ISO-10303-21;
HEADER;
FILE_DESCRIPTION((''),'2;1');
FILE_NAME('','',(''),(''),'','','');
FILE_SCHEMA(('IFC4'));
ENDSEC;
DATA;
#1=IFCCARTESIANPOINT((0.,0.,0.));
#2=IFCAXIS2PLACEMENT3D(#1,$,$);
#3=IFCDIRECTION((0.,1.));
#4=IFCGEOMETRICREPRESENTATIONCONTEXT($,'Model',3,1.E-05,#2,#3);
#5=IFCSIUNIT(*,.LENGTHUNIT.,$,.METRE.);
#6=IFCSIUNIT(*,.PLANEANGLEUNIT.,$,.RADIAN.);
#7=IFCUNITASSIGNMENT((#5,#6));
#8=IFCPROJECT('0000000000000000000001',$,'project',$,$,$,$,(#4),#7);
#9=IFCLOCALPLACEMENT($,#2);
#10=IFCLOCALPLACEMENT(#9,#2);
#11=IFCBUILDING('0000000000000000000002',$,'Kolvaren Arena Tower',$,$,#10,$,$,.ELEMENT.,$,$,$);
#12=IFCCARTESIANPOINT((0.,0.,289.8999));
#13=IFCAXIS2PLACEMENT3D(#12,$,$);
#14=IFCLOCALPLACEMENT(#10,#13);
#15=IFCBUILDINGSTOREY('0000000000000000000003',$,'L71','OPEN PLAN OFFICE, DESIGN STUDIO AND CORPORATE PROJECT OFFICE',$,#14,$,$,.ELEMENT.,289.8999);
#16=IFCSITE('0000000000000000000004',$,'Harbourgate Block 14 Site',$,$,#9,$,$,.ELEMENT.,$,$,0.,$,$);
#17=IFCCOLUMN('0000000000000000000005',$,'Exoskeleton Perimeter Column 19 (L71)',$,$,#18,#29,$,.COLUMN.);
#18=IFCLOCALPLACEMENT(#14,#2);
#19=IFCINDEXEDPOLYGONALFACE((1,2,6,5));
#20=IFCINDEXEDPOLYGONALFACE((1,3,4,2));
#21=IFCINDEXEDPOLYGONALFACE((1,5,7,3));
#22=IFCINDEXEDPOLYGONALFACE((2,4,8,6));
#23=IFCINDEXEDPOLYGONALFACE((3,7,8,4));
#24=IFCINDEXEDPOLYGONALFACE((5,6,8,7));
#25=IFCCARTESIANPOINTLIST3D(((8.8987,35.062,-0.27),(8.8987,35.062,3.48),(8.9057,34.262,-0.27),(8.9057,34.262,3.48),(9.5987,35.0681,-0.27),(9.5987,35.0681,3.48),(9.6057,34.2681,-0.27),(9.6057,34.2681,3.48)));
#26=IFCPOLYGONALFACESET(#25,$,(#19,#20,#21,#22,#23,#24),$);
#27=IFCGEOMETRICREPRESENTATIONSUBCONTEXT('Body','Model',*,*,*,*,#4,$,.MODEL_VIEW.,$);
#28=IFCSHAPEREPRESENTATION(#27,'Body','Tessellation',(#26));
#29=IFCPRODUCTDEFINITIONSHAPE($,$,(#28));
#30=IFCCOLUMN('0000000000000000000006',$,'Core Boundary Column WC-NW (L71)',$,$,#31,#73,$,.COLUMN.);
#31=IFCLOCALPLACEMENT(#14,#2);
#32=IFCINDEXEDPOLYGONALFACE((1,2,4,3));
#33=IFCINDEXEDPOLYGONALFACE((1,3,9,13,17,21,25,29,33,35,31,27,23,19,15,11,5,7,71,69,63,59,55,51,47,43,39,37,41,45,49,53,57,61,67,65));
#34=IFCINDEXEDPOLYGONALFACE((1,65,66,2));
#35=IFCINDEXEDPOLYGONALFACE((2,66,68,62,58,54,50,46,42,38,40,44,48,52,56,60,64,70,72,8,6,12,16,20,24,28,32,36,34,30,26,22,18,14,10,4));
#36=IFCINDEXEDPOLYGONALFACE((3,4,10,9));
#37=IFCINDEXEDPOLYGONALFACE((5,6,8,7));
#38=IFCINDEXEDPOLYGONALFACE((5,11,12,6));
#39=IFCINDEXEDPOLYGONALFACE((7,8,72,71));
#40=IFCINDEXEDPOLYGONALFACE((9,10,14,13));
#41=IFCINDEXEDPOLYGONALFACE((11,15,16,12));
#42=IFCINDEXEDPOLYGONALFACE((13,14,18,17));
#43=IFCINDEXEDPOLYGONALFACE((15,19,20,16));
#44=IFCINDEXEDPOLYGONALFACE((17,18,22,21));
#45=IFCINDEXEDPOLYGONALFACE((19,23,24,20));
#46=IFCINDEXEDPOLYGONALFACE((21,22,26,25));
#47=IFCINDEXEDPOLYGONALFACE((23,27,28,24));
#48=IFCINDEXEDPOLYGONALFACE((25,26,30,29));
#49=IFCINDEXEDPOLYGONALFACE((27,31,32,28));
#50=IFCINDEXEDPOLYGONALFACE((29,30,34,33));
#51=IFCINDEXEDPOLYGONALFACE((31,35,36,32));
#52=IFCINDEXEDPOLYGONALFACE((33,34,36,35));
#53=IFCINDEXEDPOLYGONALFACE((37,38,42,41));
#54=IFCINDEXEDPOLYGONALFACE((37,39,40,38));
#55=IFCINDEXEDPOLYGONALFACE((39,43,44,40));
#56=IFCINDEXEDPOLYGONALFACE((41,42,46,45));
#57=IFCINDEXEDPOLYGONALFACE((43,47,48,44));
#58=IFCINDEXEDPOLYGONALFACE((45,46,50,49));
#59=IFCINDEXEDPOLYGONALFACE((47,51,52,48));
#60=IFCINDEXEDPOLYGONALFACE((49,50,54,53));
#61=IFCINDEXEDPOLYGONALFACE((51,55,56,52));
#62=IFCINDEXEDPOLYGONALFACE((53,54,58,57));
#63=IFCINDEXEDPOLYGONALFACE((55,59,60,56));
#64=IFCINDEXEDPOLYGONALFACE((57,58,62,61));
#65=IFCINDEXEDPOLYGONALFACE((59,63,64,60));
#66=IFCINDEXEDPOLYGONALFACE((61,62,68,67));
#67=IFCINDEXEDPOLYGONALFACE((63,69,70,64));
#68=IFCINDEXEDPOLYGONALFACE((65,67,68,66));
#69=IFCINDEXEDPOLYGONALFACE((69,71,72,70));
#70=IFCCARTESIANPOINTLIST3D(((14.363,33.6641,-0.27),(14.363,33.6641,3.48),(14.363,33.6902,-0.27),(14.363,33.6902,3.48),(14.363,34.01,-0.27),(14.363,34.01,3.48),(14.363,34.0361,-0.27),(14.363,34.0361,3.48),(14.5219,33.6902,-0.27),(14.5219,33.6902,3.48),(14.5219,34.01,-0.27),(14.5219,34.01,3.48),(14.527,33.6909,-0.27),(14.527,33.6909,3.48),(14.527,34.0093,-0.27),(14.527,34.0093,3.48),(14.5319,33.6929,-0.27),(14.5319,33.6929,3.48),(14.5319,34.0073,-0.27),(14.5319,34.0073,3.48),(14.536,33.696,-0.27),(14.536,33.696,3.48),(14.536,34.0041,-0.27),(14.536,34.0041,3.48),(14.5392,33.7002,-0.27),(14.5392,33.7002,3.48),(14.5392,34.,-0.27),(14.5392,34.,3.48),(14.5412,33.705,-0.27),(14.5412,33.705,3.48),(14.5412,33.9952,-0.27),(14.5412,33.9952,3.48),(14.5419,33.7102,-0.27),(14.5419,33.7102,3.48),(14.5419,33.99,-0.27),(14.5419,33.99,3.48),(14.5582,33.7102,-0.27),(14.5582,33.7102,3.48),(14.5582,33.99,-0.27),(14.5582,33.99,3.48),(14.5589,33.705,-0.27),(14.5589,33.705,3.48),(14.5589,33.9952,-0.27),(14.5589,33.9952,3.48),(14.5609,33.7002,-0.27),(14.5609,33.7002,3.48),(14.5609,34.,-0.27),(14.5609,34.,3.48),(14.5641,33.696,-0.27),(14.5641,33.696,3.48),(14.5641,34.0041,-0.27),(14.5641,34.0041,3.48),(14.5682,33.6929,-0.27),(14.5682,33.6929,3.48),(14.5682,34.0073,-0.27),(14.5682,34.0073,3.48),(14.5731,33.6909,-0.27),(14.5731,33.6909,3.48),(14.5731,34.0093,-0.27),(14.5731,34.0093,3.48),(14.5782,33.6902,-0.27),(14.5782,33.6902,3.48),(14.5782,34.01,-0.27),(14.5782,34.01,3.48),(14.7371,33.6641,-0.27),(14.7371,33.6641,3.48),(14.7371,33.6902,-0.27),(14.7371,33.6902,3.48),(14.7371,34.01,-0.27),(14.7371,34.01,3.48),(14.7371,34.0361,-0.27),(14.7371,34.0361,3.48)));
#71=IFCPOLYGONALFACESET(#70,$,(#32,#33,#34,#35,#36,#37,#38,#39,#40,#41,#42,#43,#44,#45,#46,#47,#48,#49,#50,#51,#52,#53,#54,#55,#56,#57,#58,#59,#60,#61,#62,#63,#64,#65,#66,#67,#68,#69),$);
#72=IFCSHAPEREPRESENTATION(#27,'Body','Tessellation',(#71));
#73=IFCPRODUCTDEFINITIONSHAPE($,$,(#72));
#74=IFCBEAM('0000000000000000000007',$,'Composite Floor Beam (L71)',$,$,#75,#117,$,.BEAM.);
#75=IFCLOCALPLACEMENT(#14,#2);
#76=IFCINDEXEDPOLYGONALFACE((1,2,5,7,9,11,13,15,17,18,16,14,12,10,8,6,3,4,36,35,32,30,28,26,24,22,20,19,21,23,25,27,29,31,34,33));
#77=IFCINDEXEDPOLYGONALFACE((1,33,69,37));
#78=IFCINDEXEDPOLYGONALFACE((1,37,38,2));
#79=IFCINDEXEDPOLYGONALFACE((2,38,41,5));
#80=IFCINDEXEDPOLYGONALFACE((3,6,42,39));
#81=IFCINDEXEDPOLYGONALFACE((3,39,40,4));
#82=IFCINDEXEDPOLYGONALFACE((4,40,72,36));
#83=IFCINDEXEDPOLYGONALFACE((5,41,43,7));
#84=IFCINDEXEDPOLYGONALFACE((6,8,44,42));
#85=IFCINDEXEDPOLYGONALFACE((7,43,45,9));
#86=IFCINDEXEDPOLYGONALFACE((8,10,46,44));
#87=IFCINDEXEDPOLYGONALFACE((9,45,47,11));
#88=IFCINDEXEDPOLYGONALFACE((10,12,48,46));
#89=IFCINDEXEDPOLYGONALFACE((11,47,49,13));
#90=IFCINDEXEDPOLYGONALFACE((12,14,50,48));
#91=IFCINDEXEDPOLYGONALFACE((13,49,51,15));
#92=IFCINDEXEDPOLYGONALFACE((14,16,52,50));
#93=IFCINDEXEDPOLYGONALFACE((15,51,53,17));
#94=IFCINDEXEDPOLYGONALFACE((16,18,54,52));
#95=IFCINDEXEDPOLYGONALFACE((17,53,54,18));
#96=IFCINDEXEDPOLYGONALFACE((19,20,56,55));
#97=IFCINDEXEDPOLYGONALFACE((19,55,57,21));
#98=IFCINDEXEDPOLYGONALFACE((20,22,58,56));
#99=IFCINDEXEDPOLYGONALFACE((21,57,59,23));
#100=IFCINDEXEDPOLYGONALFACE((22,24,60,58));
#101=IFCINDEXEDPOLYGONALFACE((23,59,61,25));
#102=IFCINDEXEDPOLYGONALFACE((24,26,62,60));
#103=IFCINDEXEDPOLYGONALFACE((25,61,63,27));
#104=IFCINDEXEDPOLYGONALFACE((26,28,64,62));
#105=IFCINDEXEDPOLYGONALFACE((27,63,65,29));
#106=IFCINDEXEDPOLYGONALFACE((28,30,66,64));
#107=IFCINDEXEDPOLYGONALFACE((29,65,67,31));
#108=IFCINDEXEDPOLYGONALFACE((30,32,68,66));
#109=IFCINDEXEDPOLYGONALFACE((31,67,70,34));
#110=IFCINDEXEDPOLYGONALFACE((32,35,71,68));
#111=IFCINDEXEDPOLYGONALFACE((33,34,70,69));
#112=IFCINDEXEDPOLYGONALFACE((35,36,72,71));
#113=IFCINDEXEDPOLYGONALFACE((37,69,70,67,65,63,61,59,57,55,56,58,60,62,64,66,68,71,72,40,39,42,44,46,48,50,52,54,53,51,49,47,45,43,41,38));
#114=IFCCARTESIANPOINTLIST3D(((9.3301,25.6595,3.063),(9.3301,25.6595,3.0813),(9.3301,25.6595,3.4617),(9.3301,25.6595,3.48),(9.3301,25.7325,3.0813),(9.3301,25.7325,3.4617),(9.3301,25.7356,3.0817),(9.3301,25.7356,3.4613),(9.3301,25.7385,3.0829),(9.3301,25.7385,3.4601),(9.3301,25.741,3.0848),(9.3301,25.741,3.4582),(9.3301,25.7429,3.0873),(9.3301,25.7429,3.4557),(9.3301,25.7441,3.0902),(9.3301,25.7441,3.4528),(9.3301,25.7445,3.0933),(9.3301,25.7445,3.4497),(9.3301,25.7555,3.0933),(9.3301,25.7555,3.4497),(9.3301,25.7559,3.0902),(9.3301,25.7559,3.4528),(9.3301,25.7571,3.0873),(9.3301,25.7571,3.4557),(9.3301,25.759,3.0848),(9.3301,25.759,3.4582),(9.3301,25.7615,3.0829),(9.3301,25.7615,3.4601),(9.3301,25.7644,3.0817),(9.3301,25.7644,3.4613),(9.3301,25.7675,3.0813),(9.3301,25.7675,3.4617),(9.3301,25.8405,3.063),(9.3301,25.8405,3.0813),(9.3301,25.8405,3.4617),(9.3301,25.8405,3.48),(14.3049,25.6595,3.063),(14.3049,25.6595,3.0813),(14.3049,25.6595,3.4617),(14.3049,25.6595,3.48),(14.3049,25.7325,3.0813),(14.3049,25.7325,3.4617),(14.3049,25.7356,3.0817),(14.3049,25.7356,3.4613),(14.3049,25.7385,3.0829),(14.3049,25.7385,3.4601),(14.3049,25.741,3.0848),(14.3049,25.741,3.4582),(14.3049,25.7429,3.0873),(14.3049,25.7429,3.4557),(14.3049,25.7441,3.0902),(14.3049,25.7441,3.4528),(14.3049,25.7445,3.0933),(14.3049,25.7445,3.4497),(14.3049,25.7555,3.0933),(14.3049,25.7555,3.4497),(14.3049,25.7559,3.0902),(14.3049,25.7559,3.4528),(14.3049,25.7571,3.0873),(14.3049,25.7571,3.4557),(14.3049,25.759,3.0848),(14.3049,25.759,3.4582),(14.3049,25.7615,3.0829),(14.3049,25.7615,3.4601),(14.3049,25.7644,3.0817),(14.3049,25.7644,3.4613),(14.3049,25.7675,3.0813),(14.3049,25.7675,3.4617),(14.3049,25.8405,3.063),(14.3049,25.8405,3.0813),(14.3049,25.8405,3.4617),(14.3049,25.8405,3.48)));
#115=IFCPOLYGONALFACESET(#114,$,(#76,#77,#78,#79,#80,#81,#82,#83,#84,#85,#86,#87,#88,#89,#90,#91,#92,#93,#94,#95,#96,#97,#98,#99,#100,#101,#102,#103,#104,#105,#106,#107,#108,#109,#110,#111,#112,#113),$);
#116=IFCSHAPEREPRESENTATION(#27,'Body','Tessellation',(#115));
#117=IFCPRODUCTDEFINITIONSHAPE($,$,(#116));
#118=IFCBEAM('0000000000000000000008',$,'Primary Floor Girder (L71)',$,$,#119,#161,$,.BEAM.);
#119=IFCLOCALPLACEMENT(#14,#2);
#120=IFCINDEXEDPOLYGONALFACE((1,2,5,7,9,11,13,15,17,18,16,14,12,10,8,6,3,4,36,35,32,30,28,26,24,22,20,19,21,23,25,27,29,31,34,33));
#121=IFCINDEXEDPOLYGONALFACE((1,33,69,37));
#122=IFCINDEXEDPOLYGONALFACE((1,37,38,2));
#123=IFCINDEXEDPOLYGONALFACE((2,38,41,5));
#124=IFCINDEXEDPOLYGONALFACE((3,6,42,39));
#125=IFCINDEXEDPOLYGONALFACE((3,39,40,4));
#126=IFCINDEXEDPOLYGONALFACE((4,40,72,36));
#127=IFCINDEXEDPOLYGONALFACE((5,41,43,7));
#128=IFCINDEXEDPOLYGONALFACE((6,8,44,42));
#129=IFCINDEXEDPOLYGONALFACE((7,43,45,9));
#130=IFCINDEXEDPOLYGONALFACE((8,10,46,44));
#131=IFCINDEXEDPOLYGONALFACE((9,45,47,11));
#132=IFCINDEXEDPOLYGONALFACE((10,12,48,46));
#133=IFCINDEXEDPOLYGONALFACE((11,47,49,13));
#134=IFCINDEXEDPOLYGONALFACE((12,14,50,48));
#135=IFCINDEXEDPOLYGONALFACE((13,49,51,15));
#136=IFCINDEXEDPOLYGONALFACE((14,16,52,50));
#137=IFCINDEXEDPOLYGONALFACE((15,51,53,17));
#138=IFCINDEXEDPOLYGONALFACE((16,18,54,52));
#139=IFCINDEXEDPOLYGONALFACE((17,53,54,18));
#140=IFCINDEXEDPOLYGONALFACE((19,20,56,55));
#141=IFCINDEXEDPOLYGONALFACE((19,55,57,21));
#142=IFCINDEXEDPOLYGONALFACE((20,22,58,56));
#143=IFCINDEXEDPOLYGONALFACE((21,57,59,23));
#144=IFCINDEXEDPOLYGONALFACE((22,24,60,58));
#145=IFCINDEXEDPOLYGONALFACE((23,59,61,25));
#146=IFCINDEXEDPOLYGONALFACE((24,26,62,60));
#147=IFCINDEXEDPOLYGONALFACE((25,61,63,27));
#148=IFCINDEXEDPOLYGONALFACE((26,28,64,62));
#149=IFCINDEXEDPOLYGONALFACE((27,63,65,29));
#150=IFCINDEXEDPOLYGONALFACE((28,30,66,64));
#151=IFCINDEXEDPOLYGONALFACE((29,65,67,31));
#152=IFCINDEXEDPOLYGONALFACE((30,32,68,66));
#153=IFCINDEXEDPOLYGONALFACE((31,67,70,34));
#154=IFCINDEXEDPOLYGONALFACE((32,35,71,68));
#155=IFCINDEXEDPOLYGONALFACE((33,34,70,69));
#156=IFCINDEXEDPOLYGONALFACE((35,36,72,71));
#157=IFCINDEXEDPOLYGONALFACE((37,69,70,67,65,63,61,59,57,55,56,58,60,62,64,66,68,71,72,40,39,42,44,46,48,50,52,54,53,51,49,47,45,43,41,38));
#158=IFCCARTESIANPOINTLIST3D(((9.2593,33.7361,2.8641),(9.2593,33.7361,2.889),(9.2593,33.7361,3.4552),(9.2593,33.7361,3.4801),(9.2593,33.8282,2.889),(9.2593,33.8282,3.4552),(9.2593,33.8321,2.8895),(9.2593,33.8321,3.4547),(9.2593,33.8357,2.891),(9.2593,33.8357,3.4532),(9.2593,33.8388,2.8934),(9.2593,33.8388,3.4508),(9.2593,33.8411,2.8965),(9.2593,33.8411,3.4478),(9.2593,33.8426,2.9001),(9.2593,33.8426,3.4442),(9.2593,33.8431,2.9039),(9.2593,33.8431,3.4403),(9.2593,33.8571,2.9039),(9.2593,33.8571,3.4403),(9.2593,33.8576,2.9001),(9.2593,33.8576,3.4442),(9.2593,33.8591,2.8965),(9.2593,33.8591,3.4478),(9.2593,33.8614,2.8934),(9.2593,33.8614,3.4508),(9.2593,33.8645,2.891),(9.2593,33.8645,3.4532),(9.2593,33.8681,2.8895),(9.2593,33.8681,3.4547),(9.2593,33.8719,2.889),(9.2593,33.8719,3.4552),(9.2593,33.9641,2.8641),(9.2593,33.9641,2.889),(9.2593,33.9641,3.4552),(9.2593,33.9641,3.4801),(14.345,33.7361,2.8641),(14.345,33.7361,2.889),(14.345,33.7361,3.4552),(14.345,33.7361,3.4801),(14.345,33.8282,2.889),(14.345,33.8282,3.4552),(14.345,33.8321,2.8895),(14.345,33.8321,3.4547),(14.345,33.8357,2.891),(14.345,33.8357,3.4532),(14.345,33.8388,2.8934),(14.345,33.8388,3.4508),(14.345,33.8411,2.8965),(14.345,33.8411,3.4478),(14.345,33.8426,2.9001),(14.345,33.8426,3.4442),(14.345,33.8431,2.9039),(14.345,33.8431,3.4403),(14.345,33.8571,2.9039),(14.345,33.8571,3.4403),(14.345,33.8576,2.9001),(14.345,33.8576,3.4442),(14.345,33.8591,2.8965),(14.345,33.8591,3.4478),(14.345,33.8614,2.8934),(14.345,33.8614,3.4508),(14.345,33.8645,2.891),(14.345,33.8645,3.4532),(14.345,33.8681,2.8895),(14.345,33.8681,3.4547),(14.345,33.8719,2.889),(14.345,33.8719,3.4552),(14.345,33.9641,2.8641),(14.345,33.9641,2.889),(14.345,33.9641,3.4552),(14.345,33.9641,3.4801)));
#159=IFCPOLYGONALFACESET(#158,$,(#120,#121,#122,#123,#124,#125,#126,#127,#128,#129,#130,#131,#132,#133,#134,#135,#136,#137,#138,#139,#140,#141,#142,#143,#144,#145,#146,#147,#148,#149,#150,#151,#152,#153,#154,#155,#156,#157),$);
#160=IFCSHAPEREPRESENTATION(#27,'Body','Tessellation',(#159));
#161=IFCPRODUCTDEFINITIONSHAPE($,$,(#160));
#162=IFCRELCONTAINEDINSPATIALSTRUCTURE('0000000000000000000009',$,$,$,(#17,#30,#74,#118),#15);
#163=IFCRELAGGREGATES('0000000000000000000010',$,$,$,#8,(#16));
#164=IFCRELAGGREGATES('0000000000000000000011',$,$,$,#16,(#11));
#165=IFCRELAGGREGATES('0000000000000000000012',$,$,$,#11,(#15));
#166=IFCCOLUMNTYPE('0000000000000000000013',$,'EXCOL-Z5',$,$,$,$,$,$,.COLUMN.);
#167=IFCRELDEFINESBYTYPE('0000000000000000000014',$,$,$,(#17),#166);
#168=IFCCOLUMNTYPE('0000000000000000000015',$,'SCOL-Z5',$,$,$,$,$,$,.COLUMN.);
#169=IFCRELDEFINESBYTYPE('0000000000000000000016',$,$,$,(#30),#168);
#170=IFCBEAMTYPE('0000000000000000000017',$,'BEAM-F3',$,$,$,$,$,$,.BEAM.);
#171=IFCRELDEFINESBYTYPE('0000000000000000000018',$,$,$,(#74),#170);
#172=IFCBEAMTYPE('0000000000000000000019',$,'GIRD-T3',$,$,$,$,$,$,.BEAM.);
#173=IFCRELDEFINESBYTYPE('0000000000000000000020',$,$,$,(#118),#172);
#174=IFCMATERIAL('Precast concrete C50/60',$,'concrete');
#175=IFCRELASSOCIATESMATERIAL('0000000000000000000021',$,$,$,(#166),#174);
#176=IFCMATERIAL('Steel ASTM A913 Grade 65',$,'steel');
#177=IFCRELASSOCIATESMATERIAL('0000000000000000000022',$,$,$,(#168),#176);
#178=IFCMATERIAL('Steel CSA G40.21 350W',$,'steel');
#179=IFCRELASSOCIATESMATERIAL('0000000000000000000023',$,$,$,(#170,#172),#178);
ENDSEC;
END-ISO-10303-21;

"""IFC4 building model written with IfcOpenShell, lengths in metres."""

from ifc_helpers import new_model, si_unit, direction, frame, origin, origin_2d, place, context, subcontext, project, spatial, rectangle, i_section, extrude, material, material_profile, profile_set, type_object, element, save


model = new_model("IFC4")

# Units and contexts
model_context = context("Model", 3, precision=1e-05, world=origin(), true_north=direction((0.0, 1.0)))
body_context = subcontext(model_context, "Body", "Model", "MODEL_VIEW")
ifc_project = project(units=[si_unit("LENGTHUNIT", "METRE"), si_unit("PLANEANGLEUNIT", "RADIAN")], contexts=[model_context])

# Site, building, storey
site_placement = place(None, origin())
site = spatial("IfcSite", under=ifc_project, at=site_placement, Name="Harbourgate Block 14 Site", CompositionType="ELEMENT", RefElevation=0.0)
building_placement = place(site_placement, origin())
building = spatial("IfcBuilding", under=site, at=building_placement, Name="Kolvaren Arena Tower", CompositionType="ELEMENT")
storey_placement = place(building_placement, frame((0.0, 0.0, 289.8999)))
storey = spatial("IfcBuildingStorey", under=building, at=storey_placement, Name="L71", Description="OPEN PLAN OFFICE, DESIGN STUDIO AND CORPORATE PROJECT OFFICE", CompositionType="ELEMENT", Elevation=289.8999)

# Columns
ifc_material_1 = material(Name="Precast concrete C50/60", Category="concrete")
ifc_material_profile_1 = material_profile(ifc_material_1, rectangle(XDim=0.8, YDim=0.7, at=origin_2d()), Name="RC-800x700")
ifc_profile_set_1 = profile_set([ifc_material_profile_1], Name="Precast concrete C50/60")
column_type_1 = type_object("IfcColumnType", Name="EXCOL-Z5", PredefinedType="COLUMN", material=ifc_profile_set_1)
column_1_placement = place(storey_placement, frame((9.2522, 34.665, -0.27), z_axis=(0.0, 0.0, 1.0), x_axis=(-0.008727, 0.999962, 0.0)))
element("IfcColumn", 1, at=column_1_placement, inside=storey, type_object=column_type_1, Name="Exoskeleton Perimeter Column 19 (L71)", PredefinedType="COLUMN", context=body_context, shape_type="SweptSolid", body=[
    extrude(rectangle(XDim=0.8, YDim=0.7, at=origin_2d()), origin(), (0.0, 0.0, 1.0), 3.75),
])
ifc_material_2 = material(Name="Steel ASTM A913 Grade 65", Category="steel")
ifc_material_profile_2 = material_profile(ifc_material_2, i_section(OverallWidth=0.374, OverallDepth=0.3721, WebThickness=0.0164, FlangeThickness=0.0261, FilletRadius=0.02, at=origin_2d()), Name="W360x196")
ifc_profile_set_2 = profile_set([ifc_material_profile_2], Name="Steel ASTM A913 Grade 65")
column_type_2 = type_object("IfcColumnType", Name="SCOL-Z5", PredefinedType="COLUMN", material=ifc_profile_set_2)
column_2_placement = place(storey_placement, frame((14.55, 33.8501, -0.27), z_axis=(0.0, 0.0, 1.0), x_axis=(1.0, 0.0, 0.0)))
element("IfcColumn", 2, at=column_2_placement, inside=storey, type_object=column_type_2, Name="Core Boundary Column WC-NW (L71)", PredefinedType="COLUMN", context=body_context, shape_type="SweptSolid", body=[
    extrude(i_section(OverallWidth=0.374, OverallDepth=0.3721, WebThickness=0.0164, FlangeThickness=0.0261, FilletRadius=0.02, at=origin_2d()), origin(), (0.0, 0.0, 1.0), 3.75),
])

# Beams
ifc_material_3 = material(Name="Steel CSA G40.21 350W", Category="steel")
ifc_material_profile_3 = material_profile(ifc_material_3, i_section(OverallWidth=0.1809, OverallDepth=0.417, WebThickness=0.011, FlangeThickness=0.0183, FilletRadius=0.012, at=origin_2d()), Name="W410x85")
ifc_profile_set_3 = profile_set([ifc_material_profile_3], Name="Steel CSA G40.21 350W")
beam_type_1 = type_object("IfcBeamType", Name="BEAM-F3", PredefinedType="BEAM", material=ifc_profile_set_3)
beam_1_placement = place(storey_placement, frame((9.3301, 25.75, 3.2715), z_axis=(1.0, 0.0, 0.0), x_axis=(0.0, 1.0, 0.0)))
element("IfcBeam", 3, at=beam_1_placement, inside=storey, type_object=beam_type_1, Name="Composite Floor Beam (L71)", PredefinedType="BEAM", context=body_context, shape_type="SweptSolid", body=[
    extrude(i_section(OverallWidth=0.1809, OverallDepth=0.417, WebThickness=0.011, FlangeThickness=0.0183, FilletRadius=0.012, at=origin_2d()), origin(), (0.0, 0.0, 1.0), 4.9749),
])
ifc_material_profile_4 = material_profile(ifc_material_3, i_section(OverallWidth=0.228, OverallDepth=0.616, WebThickness=0.0139, FlangeThickness=0.0249, FilletRadius=0.0149, at=origin_2d()), Name="W610x174")
ifc_profile_set_4 = profile_set([ifc_material_profile_4], Name="Steel CSA G40.21 350W")
beam_type_2 = type_object("IfcBeamType", Name="GIRD-T3", PredefinedType="BEAM", material=ifc_profile_set_4)
beam_2_placement = place(storey_placement, frame((9.2593, 33.8501, 3.1721), z_axis=(1.0, 0.0, 0.0), x_axis=(0.0, 1.0, 0.0)))
element("IfcBeam", 4, at=beam_2_placement, inside=storey, type_object=beam_type_2, Name="Primary Floor Girder (L71)", PredefinedType="BEAM", context=body_context, shape_type="SweptSolid", body=[
    extrude(i_section(OverallWidth=0.228, OverallDepth=0.616, WebThickness=0.0139, FlangeThickness=0.0249, FilletRadius=0.0149, at=origin_2d()), origin(), (0.0, 0.0, 1.0), 5.0857),
])

save(model, "model.ifc")
